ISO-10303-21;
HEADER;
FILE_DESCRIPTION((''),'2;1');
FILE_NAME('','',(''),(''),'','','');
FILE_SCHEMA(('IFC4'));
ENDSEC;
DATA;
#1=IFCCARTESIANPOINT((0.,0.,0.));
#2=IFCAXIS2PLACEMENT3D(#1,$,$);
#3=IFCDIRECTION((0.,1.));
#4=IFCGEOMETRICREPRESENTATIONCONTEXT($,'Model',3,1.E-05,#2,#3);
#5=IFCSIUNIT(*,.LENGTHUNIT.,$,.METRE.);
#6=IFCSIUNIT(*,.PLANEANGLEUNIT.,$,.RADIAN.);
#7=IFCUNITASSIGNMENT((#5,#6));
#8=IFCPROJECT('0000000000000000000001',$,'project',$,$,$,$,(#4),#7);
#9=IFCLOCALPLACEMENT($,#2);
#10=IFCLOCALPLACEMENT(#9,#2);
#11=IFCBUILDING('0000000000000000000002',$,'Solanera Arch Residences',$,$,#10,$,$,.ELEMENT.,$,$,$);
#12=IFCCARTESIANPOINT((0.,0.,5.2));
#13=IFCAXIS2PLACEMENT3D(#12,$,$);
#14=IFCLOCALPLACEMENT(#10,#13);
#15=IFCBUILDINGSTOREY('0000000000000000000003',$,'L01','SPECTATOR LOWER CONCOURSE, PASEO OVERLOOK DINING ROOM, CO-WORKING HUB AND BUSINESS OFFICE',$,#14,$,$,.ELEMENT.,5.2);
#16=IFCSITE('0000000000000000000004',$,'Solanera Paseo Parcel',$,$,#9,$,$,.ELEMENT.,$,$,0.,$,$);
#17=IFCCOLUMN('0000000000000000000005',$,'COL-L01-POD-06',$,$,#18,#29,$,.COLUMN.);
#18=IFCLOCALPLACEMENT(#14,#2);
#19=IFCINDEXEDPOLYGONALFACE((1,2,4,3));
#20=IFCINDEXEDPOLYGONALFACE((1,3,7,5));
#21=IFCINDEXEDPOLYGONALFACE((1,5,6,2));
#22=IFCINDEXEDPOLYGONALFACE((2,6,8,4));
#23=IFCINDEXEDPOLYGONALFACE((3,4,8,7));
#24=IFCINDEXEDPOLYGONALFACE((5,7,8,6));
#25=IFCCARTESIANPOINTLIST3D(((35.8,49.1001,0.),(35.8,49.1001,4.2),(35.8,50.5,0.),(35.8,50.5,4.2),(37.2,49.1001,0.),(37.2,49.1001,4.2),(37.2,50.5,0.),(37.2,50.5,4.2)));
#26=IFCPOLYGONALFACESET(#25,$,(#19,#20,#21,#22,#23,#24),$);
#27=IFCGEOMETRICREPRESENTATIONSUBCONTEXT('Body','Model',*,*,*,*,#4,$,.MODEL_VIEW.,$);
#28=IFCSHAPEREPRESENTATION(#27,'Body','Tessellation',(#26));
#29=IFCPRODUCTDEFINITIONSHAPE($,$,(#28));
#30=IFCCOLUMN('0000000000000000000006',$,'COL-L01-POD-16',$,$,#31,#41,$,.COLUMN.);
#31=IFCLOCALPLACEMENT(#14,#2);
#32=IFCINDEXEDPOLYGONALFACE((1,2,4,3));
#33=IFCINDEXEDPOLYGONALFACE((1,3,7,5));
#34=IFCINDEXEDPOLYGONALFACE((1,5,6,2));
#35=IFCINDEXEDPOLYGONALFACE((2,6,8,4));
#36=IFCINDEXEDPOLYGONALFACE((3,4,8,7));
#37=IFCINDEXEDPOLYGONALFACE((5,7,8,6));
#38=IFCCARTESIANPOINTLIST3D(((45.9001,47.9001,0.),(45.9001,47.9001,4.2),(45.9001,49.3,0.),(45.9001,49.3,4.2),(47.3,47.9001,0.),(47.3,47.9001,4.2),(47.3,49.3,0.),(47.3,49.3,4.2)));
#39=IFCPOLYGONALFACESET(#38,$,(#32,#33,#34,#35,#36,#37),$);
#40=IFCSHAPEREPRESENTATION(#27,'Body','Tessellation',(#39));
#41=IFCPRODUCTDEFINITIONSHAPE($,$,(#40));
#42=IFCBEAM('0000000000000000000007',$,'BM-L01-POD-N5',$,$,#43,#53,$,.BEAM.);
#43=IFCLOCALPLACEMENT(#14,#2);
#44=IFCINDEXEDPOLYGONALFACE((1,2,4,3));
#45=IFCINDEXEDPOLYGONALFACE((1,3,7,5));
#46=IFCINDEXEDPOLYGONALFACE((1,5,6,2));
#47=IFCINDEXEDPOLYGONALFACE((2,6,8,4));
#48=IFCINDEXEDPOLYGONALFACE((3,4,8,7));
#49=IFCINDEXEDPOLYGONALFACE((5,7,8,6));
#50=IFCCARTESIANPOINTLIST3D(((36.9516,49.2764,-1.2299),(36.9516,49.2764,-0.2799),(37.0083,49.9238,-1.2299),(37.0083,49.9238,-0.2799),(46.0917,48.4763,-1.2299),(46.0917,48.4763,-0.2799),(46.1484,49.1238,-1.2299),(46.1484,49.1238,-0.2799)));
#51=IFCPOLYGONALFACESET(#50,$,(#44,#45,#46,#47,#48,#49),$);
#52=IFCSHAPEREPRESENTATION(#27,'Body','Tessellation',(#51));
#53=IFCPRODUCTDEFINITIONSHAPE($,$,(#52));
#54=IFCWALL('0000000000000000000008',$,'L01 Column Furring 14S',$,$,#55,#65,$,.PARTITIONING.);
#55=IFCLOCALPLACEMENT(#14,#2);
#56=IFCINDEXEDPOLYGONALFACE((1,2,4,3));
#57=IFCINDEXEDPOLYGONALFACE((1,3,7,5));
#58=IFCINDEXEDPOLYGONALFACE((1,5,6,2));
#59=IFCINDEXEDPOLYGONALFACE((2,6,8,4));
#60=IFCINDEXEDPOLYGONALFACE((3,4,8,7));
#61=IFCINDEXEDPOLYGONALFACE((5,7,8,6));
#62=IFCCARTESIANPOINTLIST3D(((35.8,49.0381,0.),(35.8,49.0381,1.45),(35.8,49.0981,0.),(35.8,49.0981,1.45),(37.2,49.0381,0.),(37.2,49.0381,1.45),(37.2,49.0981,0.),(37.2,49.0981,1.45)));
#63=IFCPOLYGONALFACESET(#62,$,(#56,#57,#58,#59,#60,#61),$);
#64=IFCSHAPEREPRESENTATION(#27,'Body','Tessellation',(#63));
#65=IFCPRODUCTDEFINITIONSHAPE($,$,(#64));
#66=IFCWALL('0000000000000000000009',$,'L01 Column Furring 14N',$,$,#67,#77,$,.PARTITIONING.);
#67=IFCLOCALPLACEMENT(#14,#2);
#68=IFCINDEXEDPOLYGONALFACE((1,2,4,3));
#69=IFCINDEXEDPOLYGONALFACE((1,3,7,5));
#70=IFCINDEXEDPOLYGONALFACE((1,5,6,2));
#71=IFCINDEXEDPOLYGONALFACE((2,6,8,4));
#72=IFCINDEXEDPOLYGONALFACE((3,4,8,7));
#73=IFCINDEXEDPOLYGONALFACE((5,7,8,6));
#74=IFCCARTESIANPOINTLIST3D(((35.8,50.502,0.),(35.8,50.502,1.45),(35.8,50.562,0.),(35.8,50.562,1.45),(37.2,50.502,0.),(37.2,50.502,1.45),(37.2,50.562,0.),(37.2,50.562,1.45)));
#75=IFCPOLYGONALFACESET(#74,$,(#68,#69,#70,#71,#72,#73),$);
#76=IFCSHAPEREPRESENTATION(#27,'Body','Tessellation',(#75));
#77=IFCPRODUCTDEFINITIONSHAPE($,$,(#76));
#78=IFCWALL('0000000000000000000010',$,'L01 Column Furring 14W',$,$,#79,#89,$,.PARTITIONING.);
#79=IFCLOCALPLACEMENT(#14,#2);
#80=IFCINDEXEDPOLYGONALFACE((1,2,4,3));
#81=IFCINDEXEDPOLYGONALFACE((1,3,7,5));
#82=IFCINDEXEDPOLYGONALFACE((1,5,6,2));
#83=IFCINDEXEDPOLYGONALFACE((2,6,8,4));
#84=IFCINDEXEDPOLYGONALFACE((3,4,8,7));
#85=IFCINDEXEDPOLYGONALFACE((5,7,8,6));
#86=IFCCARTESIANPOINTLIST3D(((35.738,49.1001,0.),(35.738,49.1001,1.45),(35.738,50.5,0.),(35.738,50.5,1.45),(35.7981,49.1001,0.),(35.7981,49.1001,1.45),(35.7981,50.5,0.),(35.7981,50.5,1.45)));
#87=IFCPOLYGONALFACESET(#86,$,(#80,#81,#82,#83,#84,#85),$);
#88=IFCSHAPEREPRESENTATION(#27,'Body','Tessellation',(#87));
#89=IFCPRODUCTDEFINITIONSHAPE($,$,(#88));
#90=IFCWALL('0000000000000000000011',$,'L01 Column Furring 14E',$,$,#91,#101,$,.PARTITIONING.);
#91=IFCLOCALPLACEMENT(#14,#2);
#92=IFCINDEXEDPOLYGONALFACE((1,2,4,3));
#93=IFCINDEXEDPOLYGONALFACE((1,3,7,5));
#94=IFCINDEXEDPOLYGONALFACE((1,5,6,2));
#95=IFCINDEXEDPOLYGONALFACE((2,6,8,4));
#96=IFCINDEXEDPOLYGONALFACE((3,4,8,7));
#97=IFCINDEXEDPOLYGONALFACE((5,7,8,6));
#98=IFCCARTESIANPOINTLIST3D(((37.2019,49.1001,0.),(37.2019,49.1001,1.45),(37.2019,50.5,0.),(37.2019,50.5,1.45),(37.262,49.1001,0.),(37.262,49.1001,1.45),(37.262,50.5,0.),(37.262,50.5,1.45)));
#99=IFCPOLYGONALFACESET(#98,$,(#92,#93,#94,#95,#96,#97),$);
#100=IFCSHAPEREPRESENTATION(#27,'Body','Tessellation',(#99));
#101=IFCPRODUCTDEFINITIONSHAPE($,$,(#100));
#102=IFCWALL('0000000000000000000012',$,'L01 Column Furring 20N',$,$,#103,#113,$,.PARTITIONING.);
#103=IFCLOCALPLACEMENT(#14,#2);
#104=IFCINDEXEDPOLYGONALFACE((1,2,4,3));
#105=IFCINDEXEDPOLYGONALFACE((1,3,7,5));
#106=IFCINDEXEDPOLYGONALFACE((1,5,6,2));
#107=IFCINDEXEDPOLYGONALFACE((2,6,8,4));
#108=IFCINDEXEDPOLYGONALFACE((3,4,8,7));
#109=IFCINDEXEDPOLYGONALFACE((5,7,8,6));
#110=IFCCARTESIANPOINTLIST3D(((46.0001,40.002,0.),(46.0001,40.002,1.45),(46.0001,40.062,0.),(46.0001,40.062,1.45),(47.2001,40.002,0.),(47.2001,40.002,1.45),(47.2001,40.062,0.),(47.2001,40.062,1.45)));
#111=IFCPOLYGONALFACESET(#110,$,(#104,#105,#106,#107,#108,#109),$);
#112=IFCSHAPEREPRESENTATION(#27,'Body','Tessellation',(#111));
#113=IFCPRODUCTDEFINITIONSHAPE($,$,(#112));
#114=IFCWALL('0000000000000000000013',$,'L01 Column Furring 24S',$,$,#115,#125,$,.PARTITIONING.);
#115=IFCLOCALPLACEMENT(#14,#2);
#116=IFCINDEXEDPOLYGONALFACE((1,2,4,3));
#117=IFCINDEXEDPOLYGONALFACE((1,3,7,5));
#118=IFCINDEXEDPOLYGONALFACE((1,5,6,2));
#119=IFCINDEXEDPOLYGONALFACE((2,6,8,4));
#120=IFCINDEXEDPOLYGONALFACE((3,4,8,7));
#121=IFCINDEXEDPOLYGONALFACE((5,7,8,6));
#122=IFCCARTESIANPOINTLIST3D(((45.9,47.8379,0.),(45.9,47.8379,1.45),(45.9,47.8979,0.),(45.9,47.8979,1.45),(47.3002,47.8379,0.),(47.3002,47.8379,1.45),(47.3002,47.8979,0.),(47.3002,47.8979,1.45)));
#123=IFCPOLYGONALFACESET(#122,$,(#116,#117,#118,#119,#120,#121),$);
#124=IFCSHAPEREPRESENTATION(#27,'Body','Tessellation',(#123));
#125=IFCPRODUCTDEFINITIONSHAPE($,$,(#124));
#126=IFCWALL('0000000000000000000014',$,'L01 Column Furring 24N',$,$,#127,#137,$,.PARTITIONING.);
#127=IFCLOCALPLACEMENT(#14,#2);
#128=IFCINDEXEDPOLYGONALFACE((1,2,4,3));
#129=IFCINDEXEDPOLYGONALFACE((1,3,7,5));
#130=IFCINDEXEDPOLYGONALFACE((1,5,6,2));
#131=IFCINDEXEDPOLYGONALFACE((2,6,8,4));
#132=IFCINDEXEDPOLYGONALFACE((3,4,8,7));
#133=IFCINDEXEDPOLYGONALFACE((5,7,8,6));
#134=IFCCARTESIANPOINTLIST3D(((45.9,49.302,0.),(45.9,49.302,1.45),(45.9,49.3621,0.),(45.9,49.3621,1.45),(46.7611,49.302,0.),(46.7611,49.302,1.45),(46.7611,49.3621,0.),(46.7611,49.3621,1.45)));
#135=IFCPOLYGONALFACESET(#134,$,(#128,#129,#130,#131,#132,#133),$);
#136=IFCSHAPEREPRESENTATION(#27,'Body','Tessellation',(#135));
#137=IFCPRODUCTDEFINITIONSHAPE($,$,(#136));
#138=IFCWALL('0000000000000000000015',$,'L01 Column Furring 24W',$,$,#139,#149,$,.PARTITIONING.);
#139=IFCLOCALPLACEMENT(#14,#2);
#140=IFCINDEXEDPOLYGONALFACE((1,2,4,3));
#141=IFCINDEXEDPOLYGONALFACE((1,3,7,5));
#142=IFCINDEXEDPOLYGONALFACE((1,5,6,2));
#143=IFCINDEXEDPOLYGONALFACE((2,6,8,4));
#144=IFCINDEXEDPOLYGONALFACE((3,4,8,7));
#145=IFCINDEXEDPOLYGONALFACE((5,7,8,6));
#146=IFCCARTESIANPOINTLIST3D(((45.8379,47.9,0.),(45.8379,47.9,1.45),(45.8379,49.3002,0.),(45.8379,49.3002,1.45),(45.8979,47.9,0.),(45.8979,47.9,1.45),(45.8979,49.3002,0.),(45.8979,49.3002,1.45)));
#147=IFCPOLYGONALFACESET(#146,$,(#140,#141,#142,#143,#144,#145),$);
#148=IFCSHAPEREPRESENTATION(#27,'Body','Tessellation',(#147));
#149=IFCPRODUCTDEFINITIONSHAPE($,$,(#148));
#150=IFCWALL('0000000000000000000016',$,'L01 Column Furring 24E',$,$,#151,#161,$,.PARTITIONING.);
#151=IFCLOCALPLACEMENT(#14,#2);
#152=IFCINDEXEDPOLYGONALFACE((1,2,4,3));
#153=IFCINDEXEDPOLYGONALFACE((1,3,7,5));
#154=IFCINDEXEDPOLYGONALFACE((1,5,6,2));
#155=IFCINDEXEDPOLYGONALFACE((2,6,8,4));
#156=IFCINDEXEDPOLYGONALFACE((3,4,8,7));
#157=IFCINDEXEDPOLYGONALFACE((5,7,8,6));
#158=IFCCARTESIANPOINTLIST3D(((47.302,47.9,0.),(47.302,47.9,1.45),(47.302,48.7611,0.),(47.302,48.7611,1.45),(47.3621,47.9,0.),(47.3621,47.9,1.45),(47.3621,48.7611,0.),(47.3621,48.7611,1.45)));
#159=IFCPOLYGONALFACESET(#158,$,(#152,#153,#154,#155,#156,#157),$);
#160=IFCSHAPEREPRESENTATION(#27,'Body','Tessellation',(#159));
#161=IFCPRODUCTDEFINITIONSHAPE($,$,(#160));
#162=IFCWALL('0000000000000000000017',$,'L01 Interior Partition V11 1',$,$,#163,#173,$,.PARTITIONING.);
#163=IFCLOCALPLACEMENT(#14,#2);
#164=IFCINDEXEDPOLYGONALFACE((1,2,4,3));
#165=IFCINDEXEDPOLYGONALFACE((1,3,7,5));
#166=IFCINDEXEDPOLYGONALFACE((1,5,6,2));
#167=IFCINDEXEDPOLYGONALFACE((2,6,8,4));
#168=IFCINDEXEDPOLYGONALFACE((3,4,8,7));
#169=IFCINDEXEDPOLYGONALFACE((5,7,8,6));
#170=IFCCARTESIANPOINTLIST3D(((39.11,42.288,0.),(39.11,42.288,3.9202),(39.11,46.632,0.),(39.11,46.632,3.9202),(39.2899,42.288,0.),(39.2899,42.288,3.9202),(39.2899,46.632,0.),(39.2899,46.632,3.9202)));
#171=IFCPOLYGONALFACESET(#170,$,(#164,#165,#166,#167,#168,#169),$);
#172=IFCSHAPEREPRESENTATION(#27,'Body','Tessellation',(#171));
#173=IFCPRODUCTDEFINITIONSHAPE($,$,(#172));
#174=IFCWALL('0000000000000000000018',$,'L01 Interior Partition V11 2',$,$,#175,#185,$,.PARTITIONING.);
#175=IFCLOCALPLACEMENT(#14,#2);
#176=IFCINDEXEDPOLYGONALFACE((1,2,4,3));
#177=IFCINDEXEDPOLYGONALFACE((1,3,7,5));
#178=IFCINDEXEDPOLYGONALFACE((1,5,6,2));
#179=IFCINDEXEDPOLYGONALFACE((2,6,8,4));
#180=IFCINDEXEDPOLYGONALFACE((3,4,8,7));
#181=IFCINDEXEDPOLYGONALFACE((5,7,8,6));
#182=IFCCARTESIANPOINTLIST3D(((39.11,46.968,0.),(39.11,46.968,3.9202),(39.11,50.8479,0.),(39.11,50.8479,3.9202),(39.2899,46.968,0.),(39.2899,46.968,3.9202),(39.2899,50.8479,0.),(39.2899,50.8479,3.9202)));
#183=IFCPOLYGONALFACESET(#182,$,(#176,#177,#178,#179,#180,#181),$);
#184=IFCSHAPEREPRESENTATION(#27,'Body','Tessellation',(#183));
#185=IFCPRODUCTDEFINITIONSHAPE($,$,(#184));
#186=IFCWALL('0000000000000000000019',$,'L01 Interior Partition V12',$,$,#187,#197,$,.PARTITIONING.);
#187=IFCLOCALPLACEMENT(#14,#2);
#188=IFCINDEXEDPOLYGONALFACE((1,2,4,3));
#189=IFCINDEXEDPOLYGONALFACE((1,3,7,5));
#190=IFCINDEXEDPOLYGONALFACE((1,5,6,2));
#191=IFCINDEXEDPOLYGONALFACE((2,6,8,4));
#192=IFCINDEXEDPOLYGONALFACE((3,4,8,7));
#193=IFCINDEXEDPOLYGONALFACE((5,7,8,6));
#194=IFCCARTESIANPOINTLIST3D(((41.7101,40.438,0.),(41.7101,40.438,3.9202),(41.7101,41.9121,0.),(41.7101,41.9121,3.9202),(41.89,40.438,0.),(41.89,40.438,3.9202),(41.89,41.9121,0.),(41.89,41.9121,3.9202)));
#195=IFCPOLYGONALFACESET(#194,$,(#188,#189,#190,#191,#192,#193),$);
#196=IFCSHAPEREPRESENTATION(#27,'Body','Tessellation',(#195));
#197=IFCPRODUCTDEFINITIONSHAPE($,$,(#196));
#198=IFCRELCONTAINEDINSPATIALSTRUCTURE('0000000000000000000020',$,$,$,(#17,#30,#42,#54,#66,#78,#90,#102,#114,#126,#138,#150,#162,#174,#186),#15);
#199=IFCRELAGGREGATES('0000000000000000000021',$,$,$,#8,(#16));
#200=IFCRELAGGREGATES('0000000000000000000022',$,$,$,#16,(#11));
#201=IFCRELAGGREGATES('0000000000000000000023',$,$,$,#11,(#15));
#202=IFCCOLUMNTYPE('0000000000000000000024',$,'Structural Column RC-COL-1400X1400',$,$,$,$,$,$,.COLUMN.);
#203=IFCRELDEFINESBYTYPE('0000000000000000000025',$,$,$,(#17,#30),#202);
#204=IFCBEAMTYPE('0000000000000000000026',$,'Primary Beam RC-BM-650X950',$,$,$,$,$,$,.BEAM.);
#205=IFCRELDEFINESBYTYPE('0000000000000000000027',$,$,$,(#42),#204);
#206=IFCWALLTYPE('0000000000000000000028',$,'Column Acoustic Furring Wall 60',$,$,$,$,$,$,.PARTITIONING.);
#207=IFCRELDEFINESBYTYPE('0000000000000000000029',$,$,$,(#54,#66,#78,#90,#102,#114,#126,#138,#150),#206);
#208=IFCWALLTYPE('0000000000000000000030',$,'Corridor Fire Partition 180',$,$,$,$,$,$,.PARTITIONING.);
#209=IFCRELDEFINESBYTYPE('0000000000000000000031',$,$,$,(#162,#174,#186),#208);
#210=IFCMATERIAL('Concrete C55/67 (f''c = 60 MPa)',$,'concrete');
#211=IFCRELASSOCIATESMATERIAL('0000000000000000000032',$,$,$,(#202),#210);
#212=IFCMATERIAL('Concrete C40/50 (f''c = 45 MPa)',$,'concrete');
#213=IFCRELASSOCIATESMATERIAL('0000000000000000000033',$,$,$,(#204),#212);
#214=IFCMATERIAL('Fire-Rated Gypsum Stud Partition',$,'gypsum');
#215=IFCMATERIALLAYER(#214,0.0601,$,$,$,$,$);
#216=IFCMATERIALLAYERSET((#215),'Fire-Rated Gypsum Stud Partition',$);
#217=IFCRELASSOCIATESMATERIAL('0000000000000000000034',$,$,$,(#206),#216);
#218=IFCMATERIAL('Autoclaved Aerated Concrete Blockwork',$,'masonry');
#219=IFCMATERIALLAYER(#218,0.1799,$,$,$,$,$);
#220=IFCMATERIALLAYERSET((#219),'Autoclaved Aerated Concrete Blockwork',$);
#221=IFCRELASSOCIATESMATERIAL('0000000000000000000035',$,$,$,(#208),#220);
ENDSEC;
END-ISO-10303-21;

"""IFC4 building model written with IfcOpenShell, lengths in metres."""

from ifc_helpers import new_model, si_unit, direction, frame, frame_2d, origin, origin_2d, place, context, subcontext, project, spatial, rectangle, extrude, material, layer, layer_set, material_profile, profile_set, type_object, element, save


model = new_model("IFC4")

# Units and contexts
model_context = context("Model", 3, precision=1e-05, world=origin(), true_north=direction((0.0, 1.0)))
body_context = subcontext(model_context, "Body", "Model", "MODEL_VIEW")
ifc_project = project(units=[si_unit("LENGTHUNIT", "METRE"), si_unit("PLANEANGLEUNIT", "RADIAN")], contexts=[model_context])

# Site, building, storey
site_placement = place(None, origin())
site = spatial("IfcSite", under=ifc_project, at=site_placement, Name="Solanera Paseo Parcel", CompositionType="ELEMENT", RefElevation=0.0)
building_placement = place(site_placement, origin())
building = spatial("IfcBuilding", under=site, at=building_placement, Name="Solanera Arch Residences", CompositionType="ELEMENT")
storey_placement = place(building_placement, frame((0.0, 0.0, 5.2)))
storey = spatial("IfcBuildingStorey", under=building, at=storey_placement, Name="L01", Description="SPECTATOR LOWER CONCOURSE, PASEO OVERLOOK DINING ROOM, CO-WORKING HUB AND BUSINESS OFFICE", CompositionType="ELEMENT", Elevation=5.2)

# Columns
ifc_material_1 = material(Name="Concrete C55/67 (f'c = 60 MPa)", Category="concrete")
ifc_material_profile_1 = material_profile(ifc_material_1, rectangle(XDim=1.3999, YDim=1.3999, at=origin_2d()))
ifc_profile_set_1 = profile_set([ifc_material_profile_1], Name="Concrete C55/67 (f'c = 60 MPa)")
column_type = type_object("IfcColumnType", Name="Structural Column RC-COL-1400X1400", PredefinedType="COLUMN", material=ifc_profile_set_1)
for number, where, z_axis, x_axis, name in (
    (1, (36.5, 49.8, 0.0), (0.0, 0.0, 1.0), (1.0, 0.0, 0.0), "COL-L01-POD-06"),
    (2, (46.6001, 48.6001, 0.0), (0.0, 0.0, 1.0), (1.0, 0.0, 0.0), "COL-L01-POD-16"),
):
    element("IfcColumn", number, at=place(storey_placement, frame(where, z_axis=z_axis, x_axis=x_axis)), inside=storey, type_object=column_type, Name=name, PredefinedType="COLUMN", context=body_context, shape_type="SweptSolid", body=[
        extrude(rectangle(XDim=1.3999, YDim=1.3999, at=origin_2d()), origin(), (0.0, 0.0, 1.0), 4.2),
    ])

# Beam
ifc_material_2 = material(Name="Concrete C40/50 (f'c = 45 MPa)", Category="concrete")
ifc_material_profile_2 = material_profile(ifc_material_2, rectangle(XDim=0.6499, YDim=0.95, at=origin_2d()))
ifc_profile_set_2 = profile_set([ifc_material_profile_2], Name="Concrete C40/50 (f'c = 45 MPa)")
beam_type = type_object("IfcBeamType", Name="Primary Beam RC-BM-650X950", PredefinedType="BEAM", material=ifc_profile_set_2)
beam_placement = place(storey_placement, frame((36.98, 49.6001, -0.7549), z_axis=(0.996191, -0.087198, 0.0), x_axis=(0.087198, 0.996191, 0.0)))
element("IfcBeam", 3, at=beam_placement, inside=storey, type_object=beam_type, Name="BM-L01-POD-N5", PredefinedType="BEAM", context=body_context, shape_type="SweptSolid", body=[
    extrude(rectangle(XDim=0.6499, YDim=0.95, at=origin_2d()), origin(), (0.0, 0.0, 1.0), 9.175),
])

# Walls
ifc_material_3 = material(Name="Fire-Rated Gypsum Stud Partition", Category="gypsum")
ifc_layer_1 = layer(ifc_material_3, 0.0601)
ifc_layer_set_1 = layer_set([ifc_layer_1], Name="Fire-Rated Gypsum Stud Partition")
wall_type_1 = type_object("IfcWallType", Name="Column Acoustic Furring Wall 60", PredefinedType="PARTITIONING", material=ifc_layer_set_1)
for number, where, z_axis, x_axis, name in (
    (4, (35.8, 49.0681, 0.0), (0.0, 0.0, 1.0), (1.0, 0.0, 0.0), "L01 Column Furring 14S"),
    (5, (35.8, 50.532, 0.0), (0.0, 0.0, 1.0), (1.0, 0.0, 0.0), "L01 Column Furring 14N"),
    (6, (35.7681, 49.1001, 0.0), (0.0, 0.0, 1.0), (0.0, 1.0, 0.0), "L01 Column Furring 14W"),
    (7, (37.2319, 49.1001, 0.0), (0.0, 0.0, 1.0), (0.0, 1.0, 0.0), "L01 Column Furring 14E"),
):
    element("IfcWall", number, at=place(storey_placement, frame(where, z_axis=z_axis, x_axis=x_axis)), inside=storey, type_object=wall_type_1, Name=name, PredefinedType="PARTITIONING", context=body_context, shape_type="SweptSolid", body=[
        extrude(rectangle(XDim=1.3999, YDim=0.0601, at=frame_2d((0.7, 0.0))), origin(), (0.0, 0.0, 1.0), 1.45),
    ])
wall_1_placement = place(storey_placement, frame((46.0, 40.032, 0.0), z_axis=(0.0, 0.0, 1.0), x_axis=(1.0, 0.0, 0.0)))
element("IfcWall", 8, at=wall_1_placement, inside=storey, type_object=wall_type_1, Name="L01 Column Furring 20N", PredefinedType="PARTITIONING", context=body_context, shape_type="SweptSolid", body=[
    extrude(rectangle(XDim=1.2, YDim=0.0601, at=frame_2d((0.6001, 0.0))), origin(), (0.0, 0.0, 1.0), 1.45),
])
wall_2_placement = place(storey_placement, frame((45.8999, 47.8679, 0.0), z_axis=(0.0, 0.0, 1.0), x_axis=(1.0, 0.0, 0.0)))
element("IfcWall", 9, at=wall_2_placement, inside=storey, type_object=wall_type_1, Name="L01 Column Furring 24S", PredefinedType="PARTITIONING", context=body_context, shape_type="SweptSolid", body=[
    extrude(rectangle(XDim=1.4001, YDim=0.0601, at=frame_2d((0.7002, 0.0))), origin(), (0.0, 0.0, 1.0), 1.45),
])
wall_3_placement = place(storey_placement, frame((45.8999, 49.332, 0.0), z_axis=(0.0, 0.0, 1.0), x_axis=(1.0, 0.0, 0.0)))
element("IfcWall", 10, at=wall_3_placement, inside=storey, type_object=wall_type_1, Name="L01 Column Furring 24N", PredefinedType="PARTITIONING", context=body_context, shape_type="SweptSolid", body=[
    extrude(rectangle(XDim=0.8611, YDim=0.0601, at=frame_2d((0.4307, 0.0))), origin(), (0.0, 0.0, 1.0), 1.45),
])
wall_4_placement = place(storey_placement, frame((45.8679, 47.8999, 0.0), z_axis=(0.0, 0.0, 1.0), x_axis=(0.0, 1.0, 0.0)))
element("IfcWall", 11, at=wall_4_placement, inside=storey, type_object=wall_type_1, Name="L01 Column Furring 24W", PredefinedType="PARTITIONING", context=body_context, shape_type="SweptSolid", body=[
    extrude(rectangle(XDim=1.4001, YDim=0.0601, at=frame_2d((0.7002, 0.0))), origin(), (0.0, 0.0, 1.0), 1.45),
])
wall_5_placement = place(storey_placement, frame((47.332, 47.8999, 0.0), z_axis=(0.0, 0.0, 1.0), x_axis=(0.0, 1.0, 0.0)))
element("IfcWall", 12, at=wall_5_placement, inside=storey, type_object=wall_type_1, Name="L01 Column Furring 24E", PredefinedType="PARTITIONING", context=body_context, shape_type="SweptSolid", body=[
    extrude(rectangle(XDim=0.8611, YDim=0.0601, at=frame_2d((0.4307, 0.0))), origin(), (0.0, 0.0, 1.0), 1.45),
])
ifc_material_4 = material(Name="Autoclaved Aerated Concrete Blockwork", Category="masonry")
ifc_layer_2 = layer(ifc_material_4, 0.1799)
ifc_layer_set_2 = layer_set([ifc_layer_2], Name="Autoclaved Aerated Concrete Blockwork")
wall_type_2 = type_object("IfcWallType", Name="Corridor Fire Partition 180", PredefinedType="PARTITIONING", material=ifc_layer_set_2)
wall_6_placement = place(storey_placement, frame((39.2, 42.2881, 0.0), z_axis=(0.0, 0.0, 1.0), x_axis=(0.0, 1.0, 0.0)))
element("IfcWall", 13, at=wall_6_placement, inside=storey, type_object=wall_type_2, Name="L01 Interior Partition V11 1", PredefinedType="PARTITIONING", context=body_context, shape_type="SweptSolid", body=[
    extrude(rectangle(XDim=4.344, YDim=0.1799, at=frame_2d((2.1719, 0.0))), origin(), (0.0, 0.0, 1.0), 3.9202),
])
wall_7_placement = place(storey_placement, frame((39.2, 46.968, 0.0), z_axis=(0.0, 0.0, 1.0), x_axis=(0.0, 1.0, 0.0)))
element("IfcWall", 14, at=wall_7_placement, inside=storey, type_object=wall_type_2, Name="L01 Interior Partition V11 2", PredefinedType="PARTITIONING", context=body_context, shape_type="SweptSolid", body=[
    extrude(rectangle(XDim=3.8799, YDim=0.1799, at=frame_2d((1.9399, 0.0))), origin(), (0.0, 0.0, 1.0), 3.9202),
])
wall_8_placement = place(storey_placement, frame((41.8, 40.438, 0.0), z_axis=(0.0, 0.0, 1.0), x_axis=(0.0, 1.0, 0.0)))
element("IfcWall", 15, at=wall_8_placement, inside=storey, type_object=wall_type_2, Name="L01 Interior Partition V12", PredefinedType="PARTITIONING", context=body_context, shape_type="SweptSolid", body=[
    extrude(rectangle(XDim=1.4741, YDim=0.1799, at=frame_2d((0.7371, 0.0))), origin(), (0.0, 0.0, 1.0), 3.9202),
])

save(model, "model.ifc")
